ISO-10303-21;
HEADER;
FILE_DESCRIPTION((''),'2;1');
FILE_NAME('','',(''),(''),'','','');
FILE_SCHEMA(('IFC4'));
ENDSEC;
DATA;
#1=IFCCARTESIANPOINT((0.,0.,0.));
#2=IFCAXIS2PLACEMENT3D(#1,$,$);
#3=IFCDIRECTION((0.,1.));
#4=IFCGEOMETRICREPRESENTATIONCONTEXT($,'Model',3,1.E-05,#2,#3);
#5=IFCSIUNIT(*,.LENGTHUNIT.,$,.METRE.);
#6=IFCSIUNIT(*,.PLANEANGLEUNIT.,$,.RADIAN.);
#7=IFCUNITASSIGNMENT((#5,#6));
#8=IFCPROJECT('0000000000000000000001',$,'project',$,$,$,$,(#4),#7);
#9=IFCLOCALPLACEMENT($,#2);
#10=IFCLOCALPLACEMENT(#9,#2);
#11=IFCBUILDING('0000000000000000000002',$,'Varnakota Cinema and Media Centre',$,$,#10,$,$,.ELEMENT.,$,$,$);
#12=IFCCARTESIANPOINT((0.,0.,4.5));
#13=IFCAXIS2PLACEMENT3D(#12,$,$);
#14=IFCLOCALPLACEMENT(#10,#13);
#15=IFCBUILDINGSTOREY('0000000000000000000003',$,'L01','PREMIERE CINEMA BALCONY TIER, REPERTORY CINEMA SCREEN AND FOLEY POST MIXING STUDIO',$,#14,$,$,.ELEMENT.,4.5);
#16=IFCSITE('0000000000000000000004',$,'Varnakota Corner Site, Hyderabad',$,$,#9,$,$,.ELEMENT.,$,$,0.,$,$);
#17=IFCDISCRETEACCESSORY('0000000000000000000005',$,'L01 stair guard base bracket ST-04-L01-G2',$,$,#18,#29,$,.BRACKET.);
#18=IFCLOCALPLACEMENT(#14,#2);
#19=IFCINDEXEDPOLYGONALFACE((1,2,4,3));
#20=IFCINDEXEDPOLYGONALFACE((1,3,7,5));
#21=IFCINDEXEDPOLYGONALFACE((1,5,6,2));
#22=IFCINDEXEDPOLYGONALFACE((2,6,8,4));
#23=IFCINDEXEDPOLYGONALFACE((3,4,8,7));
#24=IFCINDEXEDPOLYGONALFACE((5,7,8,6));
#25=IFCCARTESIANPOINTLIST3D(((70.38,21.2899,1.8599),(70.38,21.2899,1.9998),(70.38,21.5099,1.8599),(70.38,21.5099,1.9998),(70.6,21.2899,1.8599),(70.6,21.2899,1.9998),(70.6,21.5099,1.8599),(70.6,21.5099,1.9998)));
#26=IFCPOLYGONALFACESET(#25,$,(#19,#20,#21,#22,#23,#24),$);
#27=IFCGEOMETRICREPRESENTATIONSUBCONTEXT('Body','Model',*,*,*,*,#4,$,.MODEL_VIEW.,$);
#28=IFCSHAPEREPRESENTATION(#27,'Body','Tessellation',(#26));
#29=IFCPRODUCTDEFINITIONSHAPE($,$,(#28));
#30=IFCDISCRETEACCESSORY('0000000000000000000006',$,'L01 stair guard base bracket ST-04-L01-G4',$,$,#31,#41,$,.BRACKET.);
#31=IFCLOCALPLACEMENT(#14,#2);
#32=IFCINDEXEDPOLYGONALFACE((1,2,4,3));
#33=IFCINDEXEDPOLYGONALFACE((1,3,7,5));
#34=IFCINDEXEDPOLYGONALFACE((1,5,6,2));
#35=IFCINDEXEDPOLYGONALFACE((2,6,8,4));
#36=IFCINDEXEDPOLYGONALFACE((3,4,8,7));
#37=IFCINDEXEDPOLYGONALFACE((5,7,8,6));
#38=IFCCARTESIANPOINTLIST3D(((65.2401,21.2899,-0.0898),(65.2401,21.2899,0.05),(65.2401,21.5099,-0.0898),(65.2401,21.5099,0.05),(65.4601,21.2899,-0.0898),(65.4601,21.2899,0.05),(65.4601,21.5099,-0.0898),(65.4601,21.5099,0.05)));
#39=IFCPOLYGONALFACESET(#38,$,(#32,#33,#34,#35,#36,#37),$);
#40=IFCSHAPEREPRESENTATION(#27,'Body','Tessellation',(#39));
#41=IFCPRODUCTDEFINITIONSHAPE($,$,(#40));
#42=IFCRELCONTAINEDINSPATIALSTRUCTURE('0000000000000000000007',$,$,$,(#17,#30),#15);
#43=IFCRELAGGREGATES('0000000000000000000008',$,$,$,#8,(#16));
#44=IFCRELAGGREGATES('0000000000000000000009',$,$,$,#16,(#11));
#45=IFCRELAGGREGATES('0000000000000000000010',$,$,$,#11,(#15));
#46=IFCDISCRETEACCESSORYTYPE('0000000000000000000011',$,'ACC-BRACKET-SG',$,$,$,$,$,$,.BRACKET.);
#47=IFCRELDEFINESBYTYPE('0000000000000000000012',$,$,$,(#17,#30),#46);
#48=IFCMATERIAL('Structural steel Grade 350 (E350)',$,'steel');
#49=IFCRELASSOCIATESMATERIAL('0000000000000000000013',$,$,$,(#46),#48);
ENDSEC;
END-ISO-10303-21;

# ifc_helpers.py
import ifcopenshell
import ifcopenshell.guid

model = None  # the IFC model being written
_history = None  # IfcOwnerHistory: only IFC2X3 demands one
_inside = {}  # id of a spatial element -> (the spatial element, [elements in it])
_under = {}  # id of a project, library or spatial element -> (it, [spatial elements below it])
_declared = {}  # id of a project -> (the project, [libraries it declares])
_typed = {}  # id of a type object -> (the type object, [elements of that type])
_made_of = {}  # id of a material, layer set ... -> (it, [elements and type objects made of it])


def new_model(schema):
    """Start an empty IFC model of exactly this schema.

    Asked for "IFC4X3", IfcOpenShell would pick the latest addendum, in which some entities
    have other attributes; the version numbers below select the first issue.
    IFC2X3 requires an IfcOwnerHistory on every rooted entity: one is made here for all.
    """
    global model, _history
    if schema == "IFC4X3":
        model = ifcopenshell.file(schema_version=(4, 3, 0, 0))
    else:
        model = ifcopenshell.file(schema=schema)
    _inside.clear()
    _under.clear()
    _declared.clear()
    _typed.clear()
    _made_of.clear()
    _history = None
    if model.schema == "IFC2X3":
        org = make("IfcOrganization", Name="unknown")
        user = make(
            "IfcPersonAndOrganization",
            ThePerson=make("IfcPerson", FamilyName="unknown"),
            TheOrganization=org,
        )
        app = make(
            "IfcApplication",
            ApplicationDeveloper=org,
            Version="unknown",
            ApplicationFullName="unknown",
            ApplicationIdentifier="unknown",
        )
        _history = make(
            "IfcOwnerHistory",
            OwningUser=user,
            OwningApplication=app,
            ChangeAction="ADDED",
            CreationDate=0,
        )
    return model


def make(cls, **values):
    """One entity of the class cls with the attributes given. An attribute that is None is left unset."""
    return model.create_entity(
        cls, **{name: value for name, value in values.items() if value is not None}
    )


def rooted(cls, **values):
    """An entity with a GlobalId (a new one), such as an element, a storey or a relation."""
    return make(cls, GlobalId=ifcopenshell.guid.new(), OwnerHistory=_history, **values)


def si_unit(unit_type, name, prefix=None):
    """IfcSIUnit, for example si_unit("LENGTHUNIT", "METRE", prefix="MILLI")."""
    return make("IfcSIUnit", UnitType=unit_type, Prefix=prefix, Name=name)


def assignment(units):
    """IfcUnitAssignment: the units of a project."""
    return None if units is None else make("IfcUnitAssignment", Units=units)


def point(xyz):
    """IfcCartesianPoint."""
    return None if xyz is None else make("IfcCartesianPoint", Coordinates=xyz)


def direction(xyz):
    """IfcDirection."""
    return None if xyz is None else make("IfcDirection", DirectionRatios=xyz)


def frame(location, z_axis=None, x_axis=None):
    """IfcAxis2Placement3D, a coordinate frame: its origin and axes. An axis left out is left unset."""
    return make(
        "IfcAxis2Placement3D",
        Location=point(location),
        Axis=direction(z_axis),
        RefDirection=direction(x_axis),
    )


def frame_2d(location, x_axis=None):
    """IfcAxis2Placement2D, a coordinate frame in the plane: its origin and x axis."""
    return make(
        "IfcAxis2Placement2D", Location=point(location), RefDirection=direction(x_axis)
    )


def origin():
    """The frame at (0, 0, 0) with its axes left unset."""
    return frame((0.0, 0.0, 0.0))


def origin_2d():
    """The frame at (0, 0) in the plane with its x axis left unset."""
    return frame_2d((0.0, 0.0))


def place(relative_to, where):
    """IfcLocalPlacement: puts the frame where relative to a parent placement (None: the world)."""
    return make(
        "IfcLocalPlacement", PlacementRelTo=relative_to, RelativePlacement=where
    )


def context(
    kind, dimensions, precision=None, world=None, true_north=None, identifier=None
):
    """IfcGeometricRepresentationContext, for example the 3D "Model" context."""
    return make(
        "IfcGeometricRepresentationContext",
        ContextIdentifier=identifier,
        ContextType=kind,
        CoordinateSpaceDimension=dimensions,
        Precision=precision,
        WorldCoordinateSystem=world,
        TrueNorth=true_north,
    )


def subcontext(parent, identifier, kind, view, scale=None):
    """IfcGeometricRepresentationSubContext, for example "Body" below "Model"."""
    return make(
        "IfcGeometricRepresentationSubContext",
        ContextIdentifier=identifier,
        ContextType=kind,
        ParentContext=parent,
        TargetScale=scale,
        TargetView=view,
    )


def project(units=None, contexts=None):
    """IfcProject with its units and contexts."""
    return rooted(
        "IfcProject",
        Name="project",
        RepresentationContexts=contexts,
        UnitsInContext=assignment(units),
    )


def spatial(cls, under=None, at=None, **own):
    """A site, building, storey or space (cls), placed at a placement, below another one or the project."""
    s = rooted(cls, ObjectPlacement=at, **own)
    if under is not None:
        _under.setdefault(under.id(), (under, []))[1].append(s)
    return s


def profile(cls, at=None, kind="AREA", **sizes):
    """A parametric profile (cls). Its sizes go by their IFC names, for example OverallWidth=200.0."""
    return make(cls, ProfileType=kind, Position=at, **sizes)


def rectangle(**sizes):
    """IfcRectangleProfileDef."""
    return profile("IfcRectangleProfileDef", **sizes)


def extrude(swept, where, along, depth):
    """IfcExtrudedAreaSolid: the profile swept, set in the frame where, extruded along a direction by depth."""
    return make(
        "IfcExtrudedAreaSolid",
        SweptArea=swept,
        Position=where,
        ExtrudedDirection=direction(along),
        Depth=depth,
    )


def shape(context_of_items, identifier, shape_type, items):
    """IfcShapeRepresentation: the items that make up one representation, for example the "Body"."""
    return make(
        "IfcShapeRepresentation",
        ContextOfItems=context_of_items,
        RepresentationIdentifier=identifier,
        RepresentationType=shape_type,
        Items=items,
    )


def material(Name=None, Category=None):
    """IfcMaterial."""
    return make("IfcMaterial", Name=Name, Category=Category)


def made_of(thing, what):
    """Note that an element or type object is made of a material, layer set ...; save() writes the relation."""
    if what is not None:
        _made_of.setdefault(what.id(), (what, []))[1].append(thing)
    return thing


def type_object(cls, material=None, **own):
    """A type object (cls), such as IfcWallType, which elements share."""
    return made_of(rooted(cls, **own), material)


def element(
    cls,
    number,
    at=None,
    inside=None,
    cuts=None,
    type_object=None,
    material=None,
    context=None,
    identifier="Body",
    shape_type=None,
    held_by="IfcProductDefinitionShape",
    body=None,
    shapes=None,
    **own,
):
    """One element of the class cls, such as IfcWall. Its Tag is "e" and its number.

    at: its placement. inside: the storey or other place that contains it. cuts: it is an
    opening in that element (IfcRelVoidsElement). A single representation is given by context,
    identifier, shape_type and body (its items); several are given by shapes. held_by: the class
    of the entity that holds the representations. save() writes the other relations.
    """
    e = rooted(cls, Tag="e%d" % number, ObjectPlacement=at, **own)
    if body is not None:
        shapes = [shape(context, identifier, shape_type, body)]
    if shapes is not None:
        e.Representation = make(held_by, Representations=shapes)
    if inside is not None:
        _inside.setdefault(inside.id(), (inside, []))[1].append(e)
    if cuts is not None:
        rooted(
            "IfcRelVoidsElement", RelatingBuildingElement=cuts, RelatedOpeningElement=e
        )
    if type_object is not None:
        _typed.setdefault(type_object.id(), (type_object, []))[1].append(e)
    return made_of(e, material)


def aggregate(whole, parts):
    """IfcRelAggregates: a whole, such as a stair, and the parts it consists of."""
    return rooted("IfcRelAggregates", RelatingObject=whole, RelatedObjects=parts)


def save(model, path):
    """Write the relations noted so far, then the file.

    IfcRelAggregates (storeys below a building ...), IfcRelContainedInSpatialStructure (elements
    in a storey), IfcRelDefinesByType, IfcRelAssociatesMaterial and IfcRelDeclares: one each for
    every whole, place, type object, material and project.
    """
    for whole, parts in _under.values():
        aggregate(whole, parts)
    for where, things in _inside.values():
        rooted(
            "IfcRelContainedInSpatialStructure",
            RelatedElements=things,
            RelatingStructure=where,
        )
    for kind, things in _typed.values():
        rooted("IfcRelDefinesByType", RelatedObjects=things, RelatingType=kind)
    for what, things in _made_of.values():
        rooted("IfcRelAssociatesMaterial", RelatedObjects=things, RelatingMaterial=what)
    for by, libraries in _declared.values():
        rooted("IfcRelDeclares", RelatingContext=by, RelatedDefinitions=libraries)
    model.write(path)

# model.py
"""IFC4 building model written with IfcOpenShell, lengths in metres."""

from ifc_helpers import new_model, si_unit, direction, frame, origin, origin_2d, place, context, subcontext, project, spatial, rectangle, extrude, material, type_object, element, save


model = new_model("IFC4")

# Units and contexts
model_context = context("Model", 3, precision=1e-05, world=origin(), true_north=direction((0.0, 1.0)))
body_context = subcontext(model_context, "Body", "Model", "MODEL_VIEW")
ifc_project = project(units=[si_unit("LENGTHUNIT", "METRE"), si_unit("PLANEANGLEUNIT", "RADIAN")], contexts=[model_context])

# Site, building, storey
site_placement = place(None, origin())
site = spatial("IfcSite", under=ifc_project, at=site_placement, Name="Varnakota Corner Site, Hyderabad", CompositionType="ELEMENT", RefElevation=0.0)
building_placement = place(site_placement, origin())
building = spatial("IfcBuilding", under=site, at=building_placement, Name="Varnakota Cinema and Media Centre", CompositionType="ELEMENT")
storey_placement = place(building_placement, frame((0.0, 0.0, 4.5)))
storey = spatial("IfcBuildingStorey", under=building, at=storey_placement, Name="L01", Description="PREMIERE CINEMA BALCONY TIER, REPERTORY CINEMA SCREEN AND FOLEY POST MIXING STUDIO", CompositionType="ELEMENT", Elevation=4.5)

# Discrete accessories
ifc_material_1 = material(Name="Structural steel Grade 350 (E350)", Category="steel")
discrete_accessory_type = type_object("IfcDiscreteAccessoryType", Name="ACC-BRACKET-SG", PredefinedType="BRACKET", material=ifc_material_1)
for number, where, z_axis, x_axis, name in (
    (1, (70.49, 21.3999, 1.8599), (0.0, 0.0, 1.0), (1.0, 0.0, 0.0), "L01 stair guard base bracket ST-04-L01-G2"),
    (2, (65.3501, 21.3999, -0.0898), (0.0, 0.0, 1.0), (1.0, 0.0, 0.0), "L01 stair guard base bracket ST-04-L01-G4"),
):
    element("IfcDiscreteAccessory", number, at=place(storey_placement, frame(where, z_axis=z_axis, x_axis=x_axis)), inside=storey, type_object=discrete_accessory_type, Name=name, PredefinedType="BRACKET", context=body_context, shape_type="SweptSolid", body=[
        extrude(rectangle(XDim=0.22, YDim=0.22, at=origin_2d()), origin(), (0.0, 0.0, 1.0), 0.1399),
    ])

save(model, "model.ifc")
